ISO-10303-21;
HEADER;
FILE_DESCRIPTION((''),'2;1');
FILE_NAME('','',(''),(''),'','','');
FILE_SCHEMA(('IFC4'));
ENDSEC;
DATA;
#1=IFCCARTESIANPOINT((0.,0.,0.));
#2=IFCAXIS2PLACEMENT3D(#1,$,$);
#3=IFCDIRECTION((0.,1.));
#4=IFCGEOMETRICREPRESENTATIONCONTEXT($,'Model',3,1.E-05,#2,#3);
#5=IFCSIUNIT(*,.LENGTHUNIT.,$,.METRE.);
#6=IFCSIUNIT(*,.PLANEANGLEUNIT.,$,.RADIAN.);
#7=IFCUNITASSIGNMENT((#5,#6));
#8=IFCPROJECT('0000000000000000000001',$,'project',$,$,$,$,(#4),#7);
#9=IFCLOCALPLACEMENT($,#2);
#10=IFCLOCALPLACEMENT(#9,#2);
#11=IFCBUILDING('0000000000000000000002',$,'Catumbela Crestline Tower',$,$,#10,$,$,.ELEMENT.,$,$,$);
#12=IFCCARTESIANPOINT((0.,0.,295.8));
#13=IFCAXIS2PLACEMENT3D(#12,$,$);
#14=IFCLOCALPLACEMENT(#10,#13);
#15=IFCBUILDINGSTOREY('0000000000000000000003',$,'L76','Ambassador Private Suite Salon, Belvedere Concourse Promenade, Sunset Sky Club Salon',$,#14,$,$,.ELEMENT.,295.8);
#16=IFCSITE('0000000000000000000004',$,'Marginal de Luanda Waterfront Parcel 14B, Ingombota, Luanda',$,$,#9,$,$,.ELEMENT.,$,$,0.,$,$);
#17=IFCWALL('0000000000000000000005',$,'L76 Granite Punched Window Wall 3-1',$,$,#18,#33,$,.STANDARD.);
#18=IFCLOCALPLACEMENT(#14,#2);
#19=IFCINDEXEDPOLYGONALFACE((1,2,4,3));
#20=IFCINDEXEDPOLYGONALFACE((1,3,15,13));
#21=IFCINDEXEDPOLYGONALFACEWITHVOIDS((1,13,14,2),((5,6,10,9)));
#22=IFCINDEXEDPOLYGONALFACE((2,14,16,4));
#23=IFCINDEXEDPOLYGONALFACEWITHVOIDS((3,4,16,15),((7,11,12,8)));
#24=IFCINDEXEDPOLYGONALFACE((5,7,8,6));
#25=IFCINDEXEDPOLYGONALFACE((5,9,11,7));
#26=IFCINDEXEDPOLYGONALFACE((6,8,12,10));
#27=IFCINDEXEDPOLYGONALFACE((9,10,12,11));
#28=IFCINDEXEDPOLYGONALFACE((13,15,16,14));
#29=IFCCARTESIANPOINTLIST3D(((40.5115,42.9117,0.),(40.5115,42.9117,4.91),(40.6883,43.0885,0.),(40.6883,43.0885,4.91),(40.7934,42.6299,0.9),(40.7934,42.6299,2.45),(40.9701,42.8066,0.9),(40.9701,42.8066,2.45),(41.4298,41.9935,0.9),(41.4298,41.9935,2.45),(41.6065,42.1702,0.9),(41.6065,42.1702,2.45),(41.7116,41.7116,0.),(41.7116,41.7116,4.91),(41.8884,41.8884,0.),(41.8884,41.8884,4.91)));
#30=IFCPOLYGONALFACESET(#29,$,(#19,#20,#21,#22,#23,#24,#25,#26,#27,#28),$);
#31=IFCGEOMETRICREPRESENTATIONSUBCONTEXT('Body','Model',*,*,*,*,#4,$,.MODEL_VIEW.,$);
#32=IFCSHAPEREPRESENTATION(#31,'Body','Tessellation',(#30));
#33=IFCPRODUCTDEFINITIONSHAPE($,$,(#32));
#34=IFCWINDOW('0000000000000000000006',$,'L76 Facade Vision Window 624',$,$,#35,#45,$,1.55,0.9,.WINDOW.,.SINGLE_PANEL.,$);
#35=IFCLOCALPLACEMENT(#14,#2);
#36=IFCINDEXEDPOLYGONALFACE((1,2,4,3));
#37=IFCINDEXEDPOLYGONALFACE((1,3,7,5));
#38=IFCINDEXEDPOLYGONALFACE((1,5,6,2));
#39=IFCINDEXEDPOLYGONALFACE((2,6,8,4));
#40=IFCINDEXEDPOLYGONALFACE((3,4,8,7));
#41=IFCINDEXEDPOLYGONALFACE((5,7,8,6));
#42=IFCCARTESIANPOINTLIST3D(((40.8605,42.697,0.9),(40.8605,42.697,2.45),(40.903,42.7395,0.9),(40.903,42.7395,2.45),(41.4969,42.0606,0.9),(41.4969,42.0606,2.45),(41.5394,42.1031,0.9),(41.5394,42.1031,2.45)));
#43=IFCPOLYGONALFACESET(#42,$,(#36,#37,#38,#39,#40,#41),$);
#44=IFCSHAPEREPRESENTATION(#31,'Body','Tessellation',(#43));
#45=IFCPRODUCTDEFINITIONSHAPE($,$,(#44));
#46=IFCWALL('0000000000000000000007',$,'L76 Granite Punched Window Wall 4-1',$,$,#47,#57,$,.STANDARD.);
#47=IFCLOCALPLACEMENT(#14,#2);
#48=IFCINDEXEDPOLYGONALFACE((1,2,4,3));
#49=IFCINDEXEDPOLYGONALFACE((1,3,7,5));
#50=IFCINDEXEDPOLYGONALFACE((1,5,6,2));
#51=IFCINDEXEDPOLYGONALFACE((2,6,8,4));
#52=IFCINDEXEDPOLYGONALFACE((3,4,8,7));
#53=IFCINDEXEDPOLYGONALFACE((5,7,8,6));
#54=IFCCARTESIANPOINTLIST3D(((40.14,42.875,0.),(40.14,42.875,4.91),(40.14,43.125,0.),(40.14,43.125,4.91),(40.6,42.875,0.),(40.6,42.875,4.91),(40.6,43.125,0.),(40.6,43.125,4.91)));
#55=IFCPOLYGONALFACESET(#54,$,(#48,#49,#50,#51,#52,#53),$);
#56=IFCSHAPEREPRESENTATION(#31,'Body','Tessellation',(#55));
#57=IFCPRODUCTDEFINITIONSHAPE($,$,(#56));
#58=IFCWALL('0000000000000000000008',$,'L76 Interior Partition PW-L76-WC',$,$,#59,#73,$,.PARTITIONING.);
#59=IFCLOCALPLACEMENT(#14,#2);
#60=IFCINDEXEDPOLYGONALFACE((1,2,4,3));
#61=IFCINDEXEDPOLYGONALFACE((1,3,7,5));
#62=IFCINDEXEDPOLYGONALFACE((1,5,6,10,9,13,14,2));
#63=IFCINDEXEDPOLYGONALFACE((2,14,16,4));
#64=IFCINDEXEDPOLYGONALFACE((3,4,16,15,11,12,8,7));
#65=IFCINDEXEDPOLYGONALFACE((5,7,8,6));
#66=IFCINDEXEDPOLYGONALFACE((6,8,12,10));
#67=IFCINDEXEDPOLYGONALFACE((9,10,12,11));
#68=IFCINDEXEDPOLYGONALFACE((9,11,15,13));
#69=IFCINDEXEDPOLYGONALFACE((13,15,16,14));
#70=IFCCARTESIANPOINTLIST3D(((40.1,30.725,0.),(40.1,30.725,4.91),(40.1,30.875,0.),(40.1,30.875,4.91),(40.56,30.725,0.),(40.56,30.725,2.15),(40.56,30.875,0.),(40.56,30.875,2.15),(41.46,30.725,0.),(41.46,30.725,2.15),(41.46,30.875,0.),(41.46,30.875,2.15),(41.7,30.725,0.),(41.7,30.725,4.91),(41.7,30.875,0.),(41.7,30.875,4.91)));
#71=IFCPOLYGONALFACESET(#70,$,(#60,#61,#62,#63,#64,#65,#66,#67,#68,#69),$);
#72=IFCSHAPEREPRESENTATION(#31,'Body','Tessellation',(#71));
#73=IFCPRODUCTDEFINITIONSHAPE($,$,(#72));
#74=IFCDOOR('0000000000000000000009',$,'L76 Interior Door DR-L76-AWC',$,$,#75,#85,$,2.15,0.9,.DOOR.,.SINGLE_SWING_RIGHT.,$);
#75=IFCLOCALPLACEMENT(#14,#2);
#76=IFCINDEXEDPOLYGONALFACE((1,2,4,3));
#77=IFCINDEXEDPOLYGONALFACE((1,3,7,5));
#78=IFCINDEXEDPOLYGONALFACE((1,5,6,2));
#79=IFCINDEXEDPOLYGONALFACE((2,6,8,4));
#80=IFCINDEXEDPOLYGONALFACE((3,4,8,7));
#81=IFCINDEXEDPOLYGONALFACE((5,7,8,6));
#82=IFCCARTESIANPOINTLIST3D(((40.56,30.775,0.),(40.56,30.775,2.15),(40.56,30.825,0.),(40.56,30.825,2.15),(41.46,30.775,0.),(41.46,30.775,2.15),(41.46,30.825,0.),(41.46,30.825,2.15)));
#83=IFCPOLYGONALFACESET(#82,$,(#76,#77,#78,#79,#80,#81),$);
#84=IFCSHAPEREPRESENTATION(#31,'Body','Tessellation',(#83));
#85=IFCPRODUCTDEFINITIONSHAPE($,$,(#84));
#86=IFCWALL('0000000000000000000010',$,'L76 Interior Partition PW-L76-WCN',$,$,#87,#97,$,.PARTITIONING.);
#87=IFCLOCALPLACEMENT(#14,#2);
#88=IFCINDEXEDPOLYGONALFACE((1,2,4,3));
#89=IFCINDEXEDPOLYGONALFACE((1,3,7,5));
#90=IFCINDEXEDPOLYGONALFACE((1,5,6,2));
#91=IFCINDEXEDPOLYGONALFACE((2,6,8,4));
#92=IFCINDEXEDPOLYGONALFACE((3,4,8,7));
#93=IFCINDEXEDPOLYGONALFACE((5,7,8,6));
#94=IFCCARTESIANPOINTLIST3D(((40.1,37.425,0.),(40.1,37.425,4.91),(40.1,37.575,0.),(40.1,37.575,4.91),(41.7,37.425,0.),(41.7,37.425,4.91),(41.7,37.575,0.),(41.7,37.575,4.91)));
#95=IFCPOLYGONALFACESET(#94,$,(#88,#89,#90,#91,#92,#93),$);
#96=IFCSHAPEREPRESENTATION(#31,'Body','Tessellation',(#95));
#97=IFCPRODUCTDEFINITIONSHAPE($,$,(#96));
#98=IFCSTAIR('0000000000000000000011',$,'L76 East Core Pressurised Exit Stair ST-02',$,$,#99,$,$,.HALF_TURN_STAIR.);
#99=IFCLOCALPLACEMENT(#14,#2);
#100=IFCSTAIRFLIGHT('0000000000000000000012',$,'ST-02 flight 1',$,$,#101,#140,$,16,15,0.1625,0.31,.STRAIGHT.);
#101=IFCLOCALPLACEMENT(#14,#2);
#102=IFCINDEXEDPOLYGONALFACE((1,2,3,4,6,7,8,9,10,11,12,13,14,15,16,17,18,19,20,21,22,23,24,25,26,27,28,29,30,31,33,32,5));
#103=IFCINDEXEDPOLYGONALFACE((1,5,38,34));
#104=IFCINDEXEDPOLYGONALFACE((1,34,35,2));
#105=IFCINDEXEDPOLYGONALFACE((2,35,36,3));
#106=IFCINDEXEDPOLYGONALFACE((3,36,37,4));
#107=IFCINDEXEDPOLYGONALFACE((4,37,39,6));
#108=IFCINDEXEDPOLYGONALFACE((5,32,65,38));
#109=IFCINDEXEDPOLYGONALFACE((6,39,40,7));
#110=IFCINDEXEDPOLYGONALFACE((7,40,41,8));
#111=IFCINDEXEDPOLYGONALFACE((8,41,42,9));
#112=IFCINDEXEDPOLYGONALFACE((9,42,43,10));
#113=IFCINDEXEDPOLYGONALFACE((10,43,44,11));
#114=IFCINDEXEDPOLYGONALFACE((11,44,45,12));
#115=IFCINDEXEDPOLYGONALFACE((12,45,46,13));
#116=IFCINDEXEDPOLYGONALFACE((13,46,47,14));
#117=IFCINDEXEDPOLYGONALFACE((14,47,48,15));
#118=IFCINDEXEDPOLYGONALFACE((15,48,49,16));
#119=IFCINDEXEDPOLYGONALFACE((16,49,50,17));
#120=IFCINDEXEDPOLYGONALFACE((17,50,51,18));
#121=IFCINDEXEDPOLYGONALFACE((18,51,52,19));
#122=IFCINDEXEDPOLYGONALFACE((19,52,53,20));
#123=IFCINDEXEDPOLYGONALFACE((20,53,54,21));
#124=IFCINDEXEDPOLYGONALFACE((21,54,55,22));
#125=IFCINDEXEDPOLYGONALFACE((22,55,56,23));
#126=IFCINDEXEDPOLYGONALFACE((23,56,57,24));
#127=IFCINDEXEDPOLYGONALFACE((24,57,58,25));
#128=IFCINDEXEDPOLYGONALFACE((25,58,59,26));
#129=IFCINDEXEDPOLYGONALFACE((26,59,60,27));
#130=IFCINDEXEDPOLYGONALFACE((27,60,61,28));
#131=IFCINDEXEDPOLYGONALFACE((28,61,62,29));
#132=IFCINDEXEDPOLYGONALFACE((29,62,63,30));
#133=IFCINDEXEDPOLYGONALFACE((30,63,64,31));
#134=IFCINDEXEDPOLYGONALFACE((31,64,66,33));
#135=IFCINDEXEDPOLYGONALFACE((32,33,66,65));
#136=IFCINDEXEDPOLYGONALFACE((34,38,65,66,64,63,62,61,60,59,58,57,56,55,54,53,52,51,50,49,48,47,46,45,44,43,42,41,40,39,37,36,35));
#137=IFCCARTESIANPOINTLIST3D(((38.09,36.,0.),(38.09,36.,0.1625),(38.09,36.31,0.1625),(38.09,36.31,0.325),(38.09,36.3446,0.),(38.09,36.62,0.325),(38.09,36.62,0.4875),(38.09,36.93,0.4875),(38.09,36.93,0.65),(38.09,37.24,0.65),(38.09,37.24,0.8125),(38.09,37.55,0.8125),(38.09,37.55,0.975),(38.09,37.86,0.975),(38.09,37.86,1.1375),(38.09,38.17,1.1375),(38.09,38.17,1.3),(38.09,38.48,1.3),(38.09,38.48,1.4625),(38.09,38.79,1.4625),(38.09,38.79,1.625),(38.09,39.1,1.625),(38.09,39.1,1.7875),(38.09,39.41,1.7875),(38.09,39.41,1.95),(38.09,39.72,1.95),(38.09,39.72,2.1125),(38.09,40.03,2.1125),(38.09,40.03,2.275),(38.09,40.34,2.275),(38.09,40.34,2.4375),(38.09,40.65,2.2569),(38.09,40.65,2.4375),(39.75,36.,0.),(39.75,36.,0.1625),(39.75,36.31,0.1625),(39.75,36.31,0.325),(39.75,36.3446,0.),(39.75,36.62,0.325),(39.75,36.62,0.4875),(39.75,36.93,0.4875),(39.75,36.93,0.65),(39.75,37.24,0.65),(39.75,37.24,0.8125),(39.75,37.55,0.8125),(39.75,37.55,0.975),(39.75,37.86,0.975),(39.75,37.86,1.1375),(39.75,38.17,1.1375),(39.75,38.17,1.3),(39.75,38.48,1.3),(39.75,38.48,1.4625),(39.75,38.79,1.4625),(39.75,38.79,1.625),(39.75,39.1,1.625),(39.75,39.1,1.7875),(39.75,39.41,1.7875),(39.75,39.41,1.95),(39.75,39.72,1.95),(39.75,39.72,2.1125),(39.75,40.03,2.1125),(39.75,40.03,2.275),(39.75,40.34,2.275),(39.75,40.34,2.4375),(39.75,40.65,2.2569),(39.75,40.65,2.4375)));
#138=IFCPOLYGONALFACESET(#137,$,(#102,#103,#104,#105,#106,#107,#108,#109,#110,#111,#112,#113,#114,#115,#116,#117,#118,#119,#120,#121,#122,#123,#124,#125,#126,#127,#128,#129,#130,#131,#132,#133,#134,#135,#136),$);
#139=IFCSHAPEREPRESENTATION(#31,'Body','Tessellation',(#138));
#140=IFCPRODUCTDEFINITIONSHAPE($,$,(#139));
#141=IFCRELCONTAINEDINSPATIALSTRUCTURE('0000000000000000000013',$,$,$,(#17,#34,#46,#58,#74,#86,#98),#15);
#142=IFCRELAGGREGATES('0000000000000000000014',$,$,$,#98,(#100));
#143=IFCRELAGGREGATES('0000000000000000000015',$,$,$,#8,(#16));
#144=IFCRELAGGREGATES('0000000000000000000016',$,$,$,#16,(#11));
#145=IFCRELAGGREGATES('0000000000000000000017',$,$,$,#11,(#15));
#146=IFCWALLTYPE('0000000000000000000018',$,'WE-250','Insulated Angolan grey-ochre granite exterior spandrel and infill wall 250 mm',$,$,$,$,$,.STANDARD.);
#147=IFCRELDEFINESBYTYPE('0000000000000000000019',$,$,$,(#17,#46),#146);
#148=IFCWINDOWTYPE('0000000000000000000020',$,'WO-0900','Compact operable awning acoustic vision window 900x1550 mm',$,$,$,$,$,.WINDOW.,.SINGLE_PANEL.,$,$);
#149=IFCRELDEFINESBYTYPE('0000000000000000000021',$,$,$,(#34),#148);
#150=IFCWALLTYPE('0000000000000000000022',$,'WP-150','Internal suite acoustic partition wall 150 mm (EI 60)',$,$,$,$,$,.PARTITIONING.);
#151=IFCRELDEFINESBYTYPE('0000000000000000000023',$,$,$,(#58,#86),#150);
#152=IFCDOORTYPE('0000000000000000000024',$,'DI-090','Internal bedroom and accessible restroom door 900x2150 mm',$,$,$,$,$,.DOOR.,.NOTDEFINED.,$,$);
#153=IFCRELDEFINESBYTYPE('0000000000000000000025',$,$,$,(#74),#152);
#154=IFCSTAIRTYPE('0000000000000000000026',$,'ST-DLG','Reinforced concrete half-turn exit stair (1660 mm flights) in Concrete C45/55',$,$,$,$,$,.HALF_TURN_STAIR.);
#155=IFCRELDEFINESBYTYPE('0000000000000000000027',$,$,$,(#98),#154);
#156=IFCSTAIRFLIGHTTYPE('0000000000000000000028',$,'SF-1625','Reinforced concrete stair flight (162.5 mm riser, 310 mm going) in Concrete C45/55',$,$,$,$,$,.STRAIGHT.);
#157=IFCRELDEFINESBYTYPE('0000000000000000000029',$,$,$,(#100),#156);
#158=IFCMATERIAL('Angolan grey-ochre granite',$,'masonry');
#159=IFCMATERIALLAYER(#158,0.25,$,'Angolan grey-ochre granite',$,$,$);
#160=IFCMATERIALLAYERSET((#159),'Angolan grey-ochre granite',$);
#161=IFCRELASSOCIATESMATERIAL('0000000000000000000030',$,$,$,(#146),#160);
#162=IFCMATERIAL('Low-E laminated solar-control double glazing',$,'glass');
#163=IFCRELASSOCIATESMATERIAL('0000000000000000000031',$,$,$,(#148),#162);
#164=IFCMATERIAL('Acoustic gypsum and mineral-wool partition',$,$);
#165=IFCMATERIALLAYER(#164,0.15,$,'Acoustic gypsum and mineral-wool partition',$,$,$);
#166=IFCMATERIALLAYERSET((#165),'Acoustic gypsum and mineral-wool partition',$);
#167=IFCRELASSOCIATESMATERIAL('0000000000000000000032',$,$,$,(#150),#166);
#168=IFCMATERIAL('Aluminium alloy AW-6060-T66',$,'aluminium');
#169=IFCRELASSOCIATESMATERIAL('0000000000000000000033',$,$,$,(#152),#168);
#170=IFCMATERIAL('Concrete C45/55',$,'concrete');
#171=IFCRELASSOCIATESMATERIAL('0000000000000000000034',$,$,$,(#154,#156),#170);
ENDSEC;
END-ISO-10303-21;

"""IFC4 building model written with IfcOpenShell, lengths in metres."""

from ifc_helpers import new_model, si_unit, direction, frame, frame_2d, origin, place, context, subcontext, project, spatial, polyline, rectangle, outline, extrude, material, layer, layer_set, type_object, element, fill, aggregate, save


model = new_model("IFC4")

# Units and contexts
model_context = context("Model", 3, precision=1e-05, world=origin(), true_north=direction((0.0, 1.0)))
body_context = subcontext(model_context, "Body", "Model", "MODEL_VIEW")
ifc_project = project(units=[si_unit("LENGTHUNIT", "METRE"), si_unit("PLANEANGLEUNIT", "RADIAN")], contexts=[model_context])

# Site, building, storey
site_placement = place(None, origin())
site = spatial("IfcSite", under=ifc_project, at=site_placement, Name="Marginal de Luanda Waterfront Parcel 14B, Ingombota, Luanda", CompositionType="ELEMENT", RefElevation=0.0)
building_placement = place(site_placement, origin())
building = spatial("IfcBuilding", under=site, at=building_placement, Name="Catumbela Crestline Tower", CompositionType="ELEMENT")
storey_placement = place(building_placement, frame((0.0, 0.0, 295.8)))
storey = spatial("IfcBuildingStorey", under=building, at=storey_placement, Name="L76", Description="Ambassador Private Suite Salon, Belvedere Concourse Promenade, Sunset Sky Club Salon", CompositionType="ELEMENT", Elevation=295.8)

# Shared definitions
ifc_material_1 = material(Name="Aluminium alloy AW-6060-T66", Category="aluminium")
ifc_material_2 = material(Name="Low-E laminated solar-control double glazing", Category="glass")

# Shared definitions
ifc_material_3 = material(Name="Concrete C45/55", Category="concrete")

# Wall, opening, window
ifc_material_4 = material(Name="Angolan grey-ochre granite", Category="masonry")
ifc_layer_1 = layer(ifc_material_4, 0.25, Name="Angolan grey-ochre granite")
ifc_layer_set_1 = layer_set([ifc_layer_1], Name="Angolan grey-ochre granite")
wall_type_1 = type_object("IfcWallType", Name="WE-250", Description="Insulated Angolan grey-ochre granite exterior spandrel and infill wall 250 mm", PredefinedType="STANDARD", material=ifc_layer_set_1)
wall_1_placement = place(storey_placement, frame((41.8, 41.8, 0.0), z_axis=(0.0, 0.0, 1.0), x_axis=(-0.707107, 0.707107, 0.0)))
wall_1 = element("IfcWall", 1, at=wall_1_placement, inside=storey, type_object=wall_type_1, Name="L76 Granite Punched Window Wall 3-1", PredefinedType="STANDARD", context=body_context, shape_type="SweptSolid", body=[
    extrude(rectangle(XDim=1.6971, YDim=0.25, at=frame_2d((0.8486, 0.0))), origin(), (0.0, 0.0, 1.0), 4.91),
])
opening_1_placement = place(wall_1_placement, frame((0.3986, 0.0, 0.9)))
opening_1 = element("IfcOpeningElement", 2, at=opening_1_placement, cuts=wall_1, PredefinedType="OPENING", context=body_context, shape_type="SweptSolid", body=[
    extrude(rectangle(XDim=0.9, YDim=1.55, at=frame_2d((0.45, 0.775))), frame((0.0, 0.135, 0.0), z_axis=(0.0, -1.0, 0.0), x_axis=(1.0, 0.0, 0.0)), (0.0, 0.0, 1.0), 0.27),
])
window_type = type_object("IfcWindowType", Name="WO-0900", Description="Compact operable awning acoustic vision window 900x1550 mm", PartitioningType="SINGLE_PANEL", PredefinedType="WINDOW", material=ifc_material_2)
window_placement = place(opening_1_placement, origin())
window = element("IfcWindow", 3, at=window_placement, inside=storey, type_object=window_type, Name="L76 Facade Vision Window 624", OverallHeight=1.55, OverallWidth=0.9, PartitioningType="SINGLE_PANEL", PredefinedType="WINDOW", context=body_context, shape_type="SweptSolid", body=[
    extrude(rectangle(XDim=0.9, YDim=1.55, at=frame_2d((0.45, 0.775))), frame((0.0, 0.03, 0.0), z_axis=(0.0, -1.0, 0.0), x_axis=(1.0, 0.0, 0.0)), (0.0, 0.0, 1.0), 0.06),
])
fill(opening_1, window)

# Wall
wall_2_placement = place(storey_placement, frame((40.6, 43.0, 0.0), z_axis=(0.0, 0.0, 1.0), x_axis=(-1.0, 0.0, 0.0)))
element("IfcWall", 4, at=wall_2_placement, inside=storey, type_object=wall_type_1, Name="L76 Granite Punched Window Wall 4-1", PredefinedType="STANDARD", context=body_context, shape_type="SweptSolid", body=[
    extrude(rectangle(XDim=0.46, YDim=0.25, at=frame_2d((0.23, 0.0))), origin(), (0.0, 0.0, 1.0), 4.91),
])

# Wall, opening, door
ifc_material_5 = material(Name="Acoustic gypsum and mineral-wool partition")
ifc_layer_2 = layer(ifc_material_5, 0.15, Name="Acoustic gypsum and mineral-wool partition")
ifc_layer_set_2 = layer_set([ifc_layer_2], Name="Acoustic gypsum and mineral-wool partition")
wall_type_2 = type_object("IfcWallType", Name="WP-150", Description="Internal suite acoustic partition wall 150 mm (EI 60)", PredefinedType="PARTITIONING", material=ifc_layer_set_2)
wall_3_placement = place(storey_placement, frame((40.1, 30.8, 0.0), z_axis=(0.0, 0.0, 1.0), x_axis=(1.0, 0.0, 0.0)))
wall_3 = element("IfcWall", 5, at=wall_3_placement, inside=storey, type_object=wall_type_2, Name="L76 Interior Partition PW-L76-WC", PredefinedType="PARTITIONING", context=body_context, shape_type="SweptSolid", body=[
    extrude(rectangle(XDim=1.6, YDim=0.15, at=frame_2d((0.8, 0.0))), origin(), (0.0, 0.0, 1.0), 4.91),
])
opening_2_placement = place(wall_3_placement, frame((0.46, 0.0, 0.0)))
opening_2 = element("IfcOpeningElement", 6, at=opening_2_placement, cuts=wall_3, PredefinedType="OPENING", context=body_context, shape_type="SweptSolid", body=[
    extrude(rectangle(XDim=0.9, YDim=2.15, at=frame_2d((0.45, 1.075))), frame((0.0, 0.085, 0.0), z_axis=(0.0, -1.0, 0.0), x_axis=(1.0, 0.0, 0.0)), (0.0, 0.0, 1.0), 0.17),
])
door_type = type_object("IfcDoorType", Name="DI-090", Description="Internal bedroom and accessible restroom door 900x2150 mm", OperationType="NOTDEFINED", PredefinedType="DOOR", material=ifc_material_1)
door_placement = place(opening_2_placement, origin())
door = element("IfcDoor", 7, at=door_placement, inside=storey, type_object=door_type, Name="L76 Interior Door DR-L76-AWC", OperationType="SINGLE_SWING_RIGHT", OverallHeight=2.15, OverallWidth=0.9, PredefinedType="DOOR", context=body_context, shape_type="SweptSolid", body=[
    extrude(rectangle(XDim=0.9, YDim=2.15, at=frame_2d((0.45, 1.075))), frame((0.0, 0.025, 0.0), z_axis=(0.0, -1.0, 0.0), x_axis=(1.0, 0.0, 0.0)), (0.0, 0.0, 1.0), 0.05),
])
fill(opening_2, door)

# Wall
wall_4_placement = place(storey_placement, frame((40.1, 37.5, 0.0), z_axis=(0.0, 0.0, 1.0), x_axis=(1.0, 0.0, 0.0)))
element("IfcWall", 8, at=wall_4_placement, inside=storey, type_object=wall_type_2, Name="L76 Interior Partition PW-L76-WCN", PredefinedType="PARTITIONING", context=body_context, shape_type="SweptSolid", body=[
    extrude(rectangle(XDim=1.6, YDim=0.15, at=frame_2d((0.8, 0.0))), origin(), (0.0, 0.0, 1.0), 4.91),
])

# Stair, stair flight
stair_type = type_object("IfcStairType", Name="ST-DLG", Description="Reinforced concrete half-turn exit stair (1660 mm flights) in Concrete C45/55", PredefinedType="HALF_TURN_STAIR", material=ifc_material_3)
stair_placement = place(storey_placement, origin())
stair = element("IfcStair", 9, at=stair_placement, inside=storey, type_object=stair_type, Name="L76 East Core Pressurised Exit Stair ST-02", PredefinedType="HALF_TURN_STAIR")
stair_flight_type = type_object("IfcStairFlightType", Name="SF-1625", Description="Reinforced concrete stair flight (162.5 mm riser, 310 mm going) in Concrete C45/55", PredefinedType="STRAIGHT", material=ifc_material_3)
stair_flight_placement = place(storey_placement, frame((38.92, 36.0, 0.0), z_axis=(0.0, 0.0, 1.0), x_axis=(0.0, 1.0, 0.0)))
stair_flight = element("IfcStairFlight", 10, at=stair_flight_placement, type_object=stair_flight_type, Name="ST-02 flight 1", NumberOfRisers=16, NumberOfTreads=15, PredefinedType="STRAIGHT", RiserHeight=0.1625, TreadLength=0.31, context=body_context, shape_type="SweptSolid", body=[
    extrude(outline(polyline([(0.0, 0.0), (0.0, 0.1625), (0.31, 0.1625), (0.31, 0.325), (0.62, 0.325), (0.62, 0.4875), (0.93, 0.4875), (0.93, 0.65), (1.24, 0.65), (1.24, 0.8125), (1.55, 0.8125), (1.55, 0.975), (1.86, 0.975), (1.86, 1.1375), (2.17, 1.1375), (2.17, 1.3), (2.48, 1.3), (2.48, 1.4625), (2.79, 1.4625), (2.79, 1.625), (3.1, 1.625), (3.1, 1.7875), (3.41, 1.7875), (3.41, 1.95), (3.72, 1.95), (3.72, 2.1125), (4.03, 2.1125), (4.03, 2.275), (4.34, 2.275), (4.34, 2.4375), (4.65, 2.4375), (4.65, 2.6), (4.65, 2.2569), (0.3446, 0.0), (0.0, 0.0)])), frame((0.0, 0.83, 0.0), z_axis=(0.0, -1.0, 0.0), x_axis=(1.0, 0.0, 0.0)), (0.0, 0.0, 1.0), 1.66),
])
aggregate(stair, [stair_flight])

save(model, "model.ifc")
